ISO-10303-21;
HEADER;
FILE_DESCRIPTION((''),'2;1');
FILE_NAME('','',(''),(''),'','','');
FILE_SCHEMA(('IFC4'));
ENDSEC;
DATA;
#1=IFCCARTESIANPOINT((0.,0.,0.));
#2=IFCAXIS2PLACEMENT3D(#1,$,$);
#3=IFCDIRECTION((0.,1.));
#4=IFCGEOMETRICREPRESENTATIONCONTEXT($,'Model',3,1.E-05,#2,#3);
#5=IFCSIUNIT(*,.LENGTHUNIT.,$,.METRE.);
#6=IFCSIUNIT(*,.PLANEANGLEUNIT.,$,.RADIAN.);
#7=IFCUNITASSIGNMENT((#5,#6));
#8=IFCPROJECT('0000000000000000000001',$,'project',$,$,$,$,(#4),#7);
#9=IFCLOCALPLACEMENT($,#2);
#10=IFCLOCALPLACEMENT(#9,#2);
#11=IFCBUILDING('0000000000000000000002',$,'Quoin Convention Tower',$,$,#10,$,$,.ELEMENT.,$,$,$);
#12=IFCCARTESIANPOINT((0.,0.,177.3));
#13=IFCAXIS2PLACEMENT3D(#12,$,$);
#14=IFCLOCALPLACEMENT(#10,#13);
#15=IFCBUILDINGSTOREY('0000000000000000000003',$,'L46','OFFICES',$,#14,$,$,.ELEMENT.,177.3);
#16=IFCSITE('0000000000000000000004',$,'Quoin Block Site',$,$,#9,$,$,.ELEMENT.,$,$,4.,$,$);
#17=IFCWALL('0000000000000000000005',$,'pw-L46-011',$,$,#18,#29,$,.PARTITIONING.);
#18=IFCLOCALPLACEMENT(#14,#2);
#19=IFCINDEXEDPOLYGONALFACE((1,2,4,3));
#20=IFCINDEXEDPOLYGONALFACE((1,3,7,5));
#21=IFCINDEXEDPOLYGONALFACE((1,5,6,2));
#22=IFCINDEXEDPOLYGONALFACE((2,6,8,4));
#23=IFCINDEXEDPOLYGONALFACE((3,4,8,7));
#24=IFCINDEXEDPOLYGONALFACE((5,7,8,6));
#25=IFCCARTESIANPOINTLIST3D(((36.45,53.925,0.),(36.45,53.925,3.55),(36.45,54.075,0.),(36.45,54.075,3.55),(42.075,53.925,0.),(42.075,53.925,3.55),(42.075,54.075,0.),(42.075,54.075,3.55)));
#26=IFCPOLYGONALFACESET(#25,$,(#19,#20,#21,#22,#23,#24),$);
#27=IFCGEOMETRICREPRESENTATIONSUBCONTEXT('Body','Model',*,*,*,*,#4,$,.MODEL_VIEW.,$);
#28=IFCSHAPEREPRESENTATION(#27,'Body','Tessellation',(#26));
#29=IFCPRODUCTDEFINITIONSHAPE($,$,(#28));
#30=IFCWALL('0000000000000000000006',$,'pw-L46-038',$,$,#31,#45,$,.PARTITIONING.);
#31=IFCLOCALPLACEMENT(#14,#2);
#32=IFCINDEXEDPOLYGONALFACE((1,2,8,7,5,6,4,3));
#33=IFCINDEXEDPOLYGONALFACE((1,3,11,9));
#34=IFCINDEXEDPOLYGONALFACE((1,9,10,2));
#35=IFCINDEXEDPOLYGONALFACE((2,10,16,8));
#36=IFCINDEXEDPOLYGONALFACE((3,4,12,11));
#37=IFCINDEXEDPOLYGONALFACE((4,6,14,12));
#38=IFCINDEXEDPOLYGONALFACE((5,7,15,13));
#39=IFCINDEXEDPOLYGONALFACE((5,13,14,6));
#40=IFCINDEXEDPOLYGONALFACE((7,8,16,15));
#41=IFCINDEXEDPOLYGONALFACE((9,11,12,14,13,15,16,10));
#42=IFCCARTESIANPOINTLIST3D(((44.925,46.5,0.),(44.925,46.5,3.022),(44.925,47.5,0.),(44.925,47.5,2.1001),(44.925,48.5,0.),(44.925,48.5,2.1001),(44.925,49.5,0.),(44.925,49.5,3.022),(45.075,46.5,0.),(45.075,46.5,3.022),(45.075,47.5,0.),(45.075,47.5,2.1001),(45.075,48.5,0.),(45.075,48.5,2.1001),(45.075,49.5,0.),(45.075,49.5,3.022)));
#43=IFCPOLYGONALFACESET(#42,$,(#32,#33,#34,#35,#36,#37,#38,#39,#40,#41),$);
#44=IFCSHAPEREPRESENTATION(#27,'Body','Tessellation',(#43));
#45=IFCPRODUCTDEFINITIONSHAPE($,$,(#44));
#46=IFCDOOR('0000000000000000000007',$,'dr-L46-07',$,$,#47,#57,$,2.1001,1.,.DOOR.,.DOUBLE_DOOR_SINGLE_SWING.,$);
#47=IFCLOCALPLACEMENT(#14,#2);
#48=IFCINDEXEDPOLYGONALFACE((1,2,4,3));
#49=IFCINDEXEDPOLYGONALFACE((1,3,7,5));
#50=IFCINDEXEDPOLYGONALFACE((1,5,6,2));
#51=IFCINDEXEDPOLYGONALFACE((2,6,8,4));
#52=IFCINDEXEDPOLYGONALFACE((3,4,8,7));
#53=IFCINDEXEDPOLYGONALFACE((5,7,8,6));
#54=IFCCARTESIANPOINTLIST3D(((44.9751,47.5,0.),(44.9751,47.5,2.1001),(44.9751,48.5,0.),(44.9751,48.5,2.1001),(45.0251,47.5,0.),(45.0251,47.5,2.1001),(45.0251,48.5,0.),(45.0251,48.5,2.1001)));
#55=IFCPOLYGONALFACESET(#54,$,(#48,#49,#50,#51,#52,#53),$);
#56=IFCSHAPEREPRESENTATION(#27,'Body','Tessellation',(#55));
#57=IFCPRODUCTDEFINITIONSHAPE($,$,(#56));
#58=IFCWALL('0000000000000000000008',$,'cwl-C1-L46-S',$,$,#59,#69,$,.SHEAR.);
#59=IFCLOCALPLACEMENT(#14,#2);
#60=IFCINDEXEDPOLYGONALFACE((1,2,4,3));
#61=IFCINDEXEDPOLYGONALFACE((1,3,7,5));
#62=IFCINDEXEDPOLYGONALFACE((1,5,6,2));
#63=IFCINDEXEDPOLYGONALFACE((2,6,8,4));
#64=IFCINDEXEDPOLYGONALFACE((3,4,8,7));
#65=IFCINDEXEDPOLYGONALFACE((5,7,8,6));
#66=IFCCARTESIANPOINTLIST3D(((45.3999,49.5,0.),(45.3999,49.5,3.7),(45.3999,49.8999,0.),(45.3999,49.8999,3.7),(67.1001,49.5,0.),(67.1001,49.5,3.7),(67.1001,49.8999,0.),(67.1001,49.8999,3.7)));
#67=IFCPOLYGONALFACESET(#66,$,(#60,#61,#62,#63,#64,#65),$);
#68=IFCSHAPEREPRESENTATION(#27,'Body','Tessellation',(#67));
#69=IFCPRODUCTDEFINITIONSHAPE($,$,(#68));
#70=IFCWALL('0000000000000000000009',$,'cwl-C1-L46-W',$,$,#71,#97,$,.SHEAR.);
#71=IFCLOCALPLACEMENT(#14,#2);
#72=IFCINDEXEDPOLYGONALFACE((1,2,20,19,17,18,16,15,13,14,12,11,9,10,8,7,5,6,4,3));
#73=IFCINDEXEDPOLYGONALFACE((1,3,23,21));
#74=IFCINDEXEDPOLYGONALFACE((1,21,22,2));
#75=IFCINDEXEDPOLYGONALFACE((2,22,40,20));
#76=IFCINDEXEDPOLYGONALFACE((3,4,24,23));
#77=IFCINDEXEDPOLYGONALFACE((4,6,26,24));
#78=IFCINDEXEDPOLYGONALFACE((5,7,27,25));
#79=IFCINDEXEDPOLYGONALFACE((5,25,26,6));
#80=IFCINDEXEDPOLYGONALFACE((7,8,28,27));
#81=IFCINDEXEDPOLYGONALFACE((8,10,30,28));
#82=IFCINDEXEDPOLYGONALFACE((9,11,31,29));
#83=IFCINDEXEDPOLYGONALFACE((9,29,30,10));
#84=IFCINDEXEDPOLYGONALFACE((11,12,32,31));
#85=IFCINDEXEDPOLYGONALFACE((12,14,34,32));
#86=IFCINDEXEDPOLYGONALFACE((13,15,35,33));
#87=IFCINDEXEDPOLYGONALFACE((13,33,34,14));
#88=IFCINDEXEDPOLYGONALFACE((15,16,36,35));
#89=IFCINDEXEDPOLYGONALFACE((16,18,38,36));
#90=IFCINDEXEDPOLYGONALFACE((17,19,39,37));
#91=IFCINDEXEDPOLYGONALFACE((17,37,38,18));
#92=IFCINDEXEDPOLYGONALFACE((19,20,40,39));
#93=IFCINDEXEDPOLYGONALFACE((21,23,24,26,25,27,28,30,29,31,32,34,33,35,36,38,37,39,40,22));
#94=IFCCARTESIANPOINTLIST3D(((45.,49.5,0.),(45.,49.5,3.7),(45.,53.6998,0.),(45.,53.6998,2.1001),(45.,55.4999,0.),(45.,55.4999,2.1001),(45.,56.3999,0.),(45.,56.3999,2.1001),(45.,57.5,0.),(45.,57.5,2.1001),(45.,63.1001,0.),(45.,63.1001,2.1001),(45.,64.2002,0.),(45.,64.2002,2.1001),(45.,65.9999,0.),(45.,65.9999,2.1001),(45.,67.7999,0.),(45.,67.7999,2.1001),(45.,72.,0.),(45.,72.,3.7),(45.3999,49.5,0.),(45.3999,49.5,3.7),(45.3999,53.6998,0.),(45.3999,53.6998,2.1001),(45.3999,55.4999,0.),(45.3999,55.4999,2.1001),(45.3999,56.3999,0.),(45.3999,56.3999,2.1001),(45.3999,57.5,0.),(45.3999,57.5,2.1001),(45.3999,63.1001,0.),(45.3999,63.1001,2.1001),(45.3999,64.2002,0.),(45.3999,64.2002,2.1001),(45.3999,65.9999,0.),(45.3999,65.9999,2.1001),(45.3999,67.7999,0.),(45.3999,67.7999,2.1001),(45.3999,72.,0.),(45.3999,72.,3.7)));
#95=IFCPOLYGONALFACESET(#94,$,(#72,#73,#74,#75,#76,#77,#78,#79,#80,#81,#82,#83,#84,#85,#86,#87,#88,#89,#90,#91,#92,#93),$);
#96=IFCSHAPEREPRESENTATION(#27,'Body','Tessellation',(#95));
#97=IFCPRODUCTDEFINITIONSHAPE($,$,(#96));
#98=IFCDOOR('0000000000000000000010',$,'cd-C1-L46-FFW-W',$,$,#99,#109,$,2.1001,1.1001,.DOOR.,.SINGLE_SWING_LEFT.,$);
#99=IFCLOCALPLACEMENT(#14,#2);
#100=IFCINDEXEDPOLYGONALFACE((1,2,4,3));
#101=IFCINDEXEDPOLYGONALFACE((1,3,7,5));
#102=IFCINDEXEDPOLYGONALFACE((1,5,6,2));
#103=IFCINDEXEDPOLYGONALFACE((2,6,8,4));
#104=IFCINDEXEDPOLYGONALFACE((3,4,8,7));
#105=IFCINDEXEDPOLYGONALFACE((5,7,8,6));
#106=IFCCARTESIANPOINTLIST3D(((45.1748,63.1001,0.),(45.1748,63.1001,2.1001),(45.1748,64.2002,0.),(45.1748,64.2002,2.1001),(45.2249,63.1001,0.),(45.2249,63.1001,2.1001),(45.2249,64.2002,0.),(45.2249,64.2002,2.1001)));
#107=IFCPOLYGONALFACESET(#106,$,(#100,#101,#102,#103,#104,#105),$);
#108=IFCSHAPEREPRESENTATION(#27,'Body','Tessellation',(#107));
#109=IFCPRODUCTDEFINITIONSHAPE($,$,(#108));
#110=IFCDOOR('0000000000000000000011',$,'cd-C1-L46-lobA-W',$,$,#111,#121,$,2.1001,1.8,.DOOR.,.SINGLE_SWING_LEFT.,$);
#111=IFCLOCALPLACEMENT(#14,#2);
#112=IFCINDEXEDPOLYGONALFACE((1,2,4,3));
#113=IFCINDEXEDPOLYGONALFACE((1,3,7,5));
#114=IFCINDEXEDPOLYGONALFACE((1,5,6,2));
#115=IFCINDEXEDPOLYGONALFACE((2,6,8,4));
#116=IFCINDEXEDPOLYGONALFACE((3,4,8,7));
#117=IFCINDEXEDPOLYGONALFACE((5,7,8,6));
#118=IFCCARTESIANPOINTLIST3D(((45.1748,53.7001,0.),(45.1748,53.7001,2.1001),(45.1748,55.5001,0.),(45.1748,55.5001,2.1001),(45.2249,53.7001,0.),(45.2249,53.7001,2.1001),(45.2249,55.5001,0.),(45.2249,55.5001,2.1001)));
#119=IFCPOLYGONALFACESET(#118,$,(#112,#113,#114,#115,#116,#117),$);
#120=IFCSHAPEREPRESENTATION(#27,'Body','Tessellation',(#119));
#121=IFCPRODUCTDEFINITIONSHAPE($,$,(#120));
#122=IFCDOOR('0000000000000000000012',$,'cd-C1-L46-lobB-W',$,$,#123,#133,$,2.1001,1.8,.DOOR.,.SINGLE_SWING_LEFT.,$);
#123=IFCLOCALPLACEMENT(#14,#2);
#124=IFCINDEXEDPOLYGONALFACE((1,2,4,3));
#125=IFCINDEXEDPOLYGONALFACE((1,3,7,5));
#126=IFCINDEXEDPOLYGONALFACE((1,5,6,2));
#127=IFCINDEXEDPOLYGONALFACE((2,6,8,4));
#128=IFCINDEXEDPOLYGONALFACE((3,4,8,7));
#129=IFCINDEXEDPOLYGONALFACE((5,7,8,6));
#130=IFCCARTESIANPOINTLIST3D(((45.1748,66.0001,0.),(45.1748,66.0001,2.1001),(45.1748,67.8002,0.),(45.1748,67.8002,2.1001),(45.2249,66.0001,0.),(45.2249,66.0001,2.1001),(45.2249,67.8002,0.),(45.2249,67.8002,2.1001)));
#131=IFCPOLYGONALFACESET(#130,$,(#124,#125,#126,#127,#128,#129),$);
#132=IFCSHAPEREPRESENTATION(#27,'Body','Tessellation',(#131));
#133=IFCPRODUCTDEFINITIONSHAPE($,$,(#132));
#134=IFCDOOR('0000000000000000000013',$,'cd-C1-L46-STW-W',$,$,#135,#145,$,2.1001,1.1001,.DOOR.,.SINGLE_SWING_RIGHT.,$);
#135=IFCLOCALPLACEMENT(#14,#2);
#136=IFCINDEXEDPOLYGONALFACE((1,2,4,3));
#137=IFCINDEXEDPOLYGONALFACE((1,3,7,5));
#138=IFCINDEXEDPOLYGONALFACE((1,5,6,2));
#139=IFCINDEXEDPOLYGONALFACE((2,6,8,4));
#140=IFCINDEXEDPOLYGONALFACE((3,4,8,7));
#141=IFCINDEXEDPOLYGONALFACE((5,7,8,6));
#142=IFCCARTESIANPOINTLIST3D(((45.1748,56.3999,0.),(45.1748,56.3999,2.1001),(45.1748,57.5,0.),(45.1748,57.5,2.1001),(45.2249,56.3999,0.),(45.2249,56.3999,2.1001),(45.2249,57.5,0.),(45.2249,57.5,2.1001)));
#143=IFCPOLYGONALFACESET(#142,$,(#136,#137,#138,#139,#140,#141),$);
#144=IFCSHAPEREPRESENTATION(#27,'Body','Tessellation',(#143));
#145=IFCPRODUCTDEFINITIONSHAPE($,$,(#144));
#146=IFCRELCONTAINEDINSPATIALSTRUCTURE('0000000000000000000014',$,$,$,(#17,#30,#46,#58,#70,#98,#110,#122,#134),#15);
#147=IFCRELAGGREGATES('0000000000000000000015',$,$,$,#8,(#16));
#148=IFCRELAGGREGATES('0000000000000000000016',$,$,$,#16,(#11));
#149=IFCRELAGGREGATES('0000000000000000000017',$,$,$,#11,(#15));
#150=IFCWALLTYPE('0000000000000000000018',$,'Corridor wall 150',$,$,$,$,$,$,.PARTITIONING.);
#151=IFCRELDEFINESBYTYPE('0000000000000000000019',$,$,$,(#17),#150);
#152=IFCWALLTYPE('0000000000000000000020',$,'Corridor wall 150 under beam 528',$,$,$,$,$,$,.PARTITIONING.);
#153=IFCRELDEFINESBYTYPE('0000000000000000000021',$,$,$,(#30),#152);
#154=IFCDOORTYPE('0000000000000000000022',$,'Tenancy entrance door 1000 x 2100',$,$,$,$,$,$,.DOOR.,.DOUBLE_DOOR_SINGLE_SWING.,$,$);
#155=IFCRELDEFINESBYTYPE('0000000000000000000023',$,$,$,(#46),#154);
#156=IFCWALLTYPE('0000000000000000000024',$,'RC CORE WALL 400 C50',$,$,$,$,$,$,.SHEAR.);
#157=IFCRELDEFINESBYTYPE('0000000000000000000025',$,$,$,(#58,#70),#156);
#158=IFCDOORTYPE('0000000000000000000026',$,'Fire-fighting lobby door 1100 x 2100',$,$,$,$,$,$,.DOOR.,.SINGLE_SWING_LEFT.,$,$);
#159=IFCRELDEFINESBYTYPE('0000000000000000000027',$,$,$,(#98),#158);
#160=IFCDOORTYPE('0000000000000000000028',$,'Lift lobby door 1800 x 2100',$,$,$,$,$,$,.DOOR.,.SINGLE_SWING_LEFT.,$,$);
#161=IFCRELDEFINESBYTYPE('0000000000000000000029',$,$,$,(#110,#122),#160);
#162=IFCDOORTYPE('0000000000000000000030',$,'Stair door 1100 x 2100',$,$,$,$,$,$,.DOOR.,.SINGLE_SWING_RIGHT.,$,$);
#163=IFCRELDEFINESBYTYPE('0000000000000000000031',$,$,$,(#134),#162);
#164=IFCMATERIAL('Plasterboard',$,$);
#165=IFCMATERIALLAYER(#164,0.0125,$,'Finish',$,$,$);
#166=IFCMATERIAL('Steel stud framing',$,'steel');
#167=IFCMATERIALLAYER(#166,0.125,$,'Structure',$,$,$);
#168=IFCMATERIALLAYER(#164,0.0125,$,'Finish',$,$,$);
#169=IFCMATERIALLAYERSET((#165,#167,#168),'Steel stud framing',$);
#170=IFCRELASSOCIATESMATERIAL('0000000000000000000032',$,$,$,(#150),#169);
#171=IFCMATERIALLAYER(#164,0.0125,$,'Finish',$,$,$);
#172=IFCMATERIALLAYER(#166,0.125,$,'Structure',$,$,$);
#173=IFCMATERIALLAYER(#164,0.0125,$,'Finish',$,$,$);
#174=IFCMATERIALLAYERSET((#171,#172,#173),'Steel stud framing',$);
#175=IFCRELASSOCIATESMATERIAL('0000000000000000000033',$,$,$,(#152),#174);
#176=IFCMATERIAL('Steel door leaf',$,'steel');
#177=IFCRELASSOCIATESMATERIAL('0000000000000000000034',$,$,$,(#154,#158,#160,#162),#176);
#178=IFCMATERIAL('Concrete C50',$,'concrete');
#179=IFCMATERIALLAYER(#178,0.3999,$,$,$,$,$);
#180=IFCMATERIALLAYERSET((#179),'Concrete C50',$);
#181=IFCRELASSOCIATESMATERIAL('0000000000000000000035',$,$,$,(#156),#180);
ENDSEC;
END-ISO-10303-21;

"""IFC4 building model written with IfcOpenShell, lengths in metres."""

from ifc_helpers import new_model, si_unit, direction, frame, frame_2d, origin, place, context, subcontext, project, spatial, rectangle, extrude, material, layer, layer_set, type_object, element, fill, save


model = new_model("IFC4")

# Units and contexts
model_context = context("Model", 3, precision=1e-05, world=origin(), true_north=direction((0.0, 1.0)))
body_context = subcontext(model_context, "Body", "Model", "MODEL_VIEW")
ifc_project = project(units=[si_unit("LENGTHUNIT", "METRE"), si_unit("PLANEANGLEUNIT", "RADIAN")], contexts=[model_context])

# Site, building, storey
site_placement = place(None, origin())
site = spatial("IfcSite", under=ifc_project, at=site_placement, Name="Quoin Block Site", CompositionType="ELEMENT", RefElevation=4.0)
building_placement = place(site_placement, origin())
building = spatial("IfcBuilding", under=site, at=building_placement, Name="Quoin Convention Tower", CompositionType="ELEMENT")
storey_placement = place(building_placement, frame((0.0, 0.0, 177.3)))
storey = spatial("IfcBuildingStorey", under=building, at=storey_placement, Name="L46", Description="OFFICES", CompositionType="ELEMENT", Elevation=177.3)

# Shared definitions
ifc_material_1 = material(Name="Plasterboard")
ifc_material_2 = material(Name="Steel stud framing", Category="steel")
ifc_material_3 = material(Name="Steel door leaf", Category="steel")

# Wall
ifc_layer_1 = layer(ifc_material_1, 0.0125, Name="Finish")
ifc_layer_2 = layer(ifc_material_2, 0.125, Name="Structure")
ifc_layer_3 = layer(ifc_material_1, 0.0125, Name="Finish")
ifc_layer_set_1 = layer_set([ifc_layer_1, ifc_layer_2, ifc_layer_3], Name="Steel stud framing")
wall_type_1 = type_object("IfcWallType", Name="Corridor wall 150", PredefinedType="PARTITIONING", material=ifc_layer_set_1)
wall_1_placement = place(storey_placement, frame((36.45, 54.0, 0.0), z_axis=(0.0, 0.0, 1.0), x_axis=(1.0, 0.0, 0.0)))
element("IfcWall", 1, at=wall_1_placement, inside=storey, type_object=wall_type_1, Name="pw-L46-011", PredefinedType="PARTITIONING", context=body_context, shape_type="SweptSolid", body=[
    extrude(rectangle(XDim=5.625, YDim=0.1499, at=frame_2d((2.8125, 0.0))), origin(), (0.0, 0.0, 1.0), 3.55),
])

# Wall, opening, door
ifc_layer_4 = layer(ifc_material_1, 0.0125, Name="Finish")
ifc_layer_5 = layer(ifc_material_2, 0.125, Name="Structure")
ifc_layer_6 = layer(ifc_material_1, 0.0125, Name="Finish")
ifc_layer_set_2 = layer_set([ifc_layer_4, ifc_layer_5, ifc_layer_6], Name="Steel stud framing")
wall_type_2 = type_object("IfcWallType", Name="Corridor wall 150 under beam 528", PredefinedType="PARTITIONING", material=ifc_layer_set_2)
wall_2_placement = place(storey_placement, frame((45.0, 46.5, 0.0), z_axis=(0.0, 0.0, 1.0), x_axis=(0.0, 1.0, 0.0)))
wall_2 = element("IfcWall", 2, at=wall_2_placement, inside=storey, type_object=wall_type_2, Name="pw-L46-038", PredefinedType="PARTITIONING", context=body_context, shape_type="SweptSolid", body=[
    extrude(rectangle(XDim=3.0, YDim=0.1499, at=frame_2d((1.5, 0.0))), origin(), (0.0, 0.0, 1.0), 3.022),
])
opening_1_placement = place(wall_2_placement, frame((1.0, 0.0, 0.0)))
opening_1 = element("IfcOpeningElement", 3, at=opening_1_placement, cuts=wall_2, PredefinedType="OPENING", context=body_context, shape_type="SweptSolid", body=[
    extrude(rectangle(XDim=1.0, YDim=2.1001, at=frame_2d((0.5, 1.05))), frame((0.0, 0.085, 0.0), z_axis=(0.0, -1.0, 0.0), x_axis=(1.0, 0.0, 0.0)), (0.0, 0.0, 1.0), 0.1699),
])
door_type_1 = type_object("IfcDoorType", Name="Tenancy entrance door 1000 x 2100", OperationType="DOUBLE_DOOR_SINGLE_SWING", PredefinedType="DOOR", material=ifc_material_3)
door_1_placement = place(opening_1_placement, origin())
door_1 = element("IfcDoor", 4, at=door_1_placement, inside=storey, type_object=door_type_1, Name="dr-L46-07", OperationType="DOUBLE_DOOR_SINGLE_SWING", OverallHeight=2.1001, OverallWidth=1.0, PredefinedType="DOOR", context=body_context, shape_type="SweptSolid", body=[
    extrude(rectangle(XDim=1.0, YDim=2.1001, at=frame_2d((0.5, 1.05))), frame((0.0, 0.0249, 0.0), z_axis=(0.0, -1.0, 0.0), x_axis=(1.0, 0.0, 0.0)), (0.0, 0.0, 1.0), 0.05),
])
fill(opening_1, door_1)

# Wall
ifc_material_4 = material(Name="Concrete C50", Category="concrete")
ifc_layer_7 = layer(ifc_material_4, 0.3999)
ifc_layer_set_3 = layer_set([ifc_layer_7], Name="Concrete C50")
wall_type_3 = type_object("IfcWallType", Name="RC CORE WALL 400 C50", PredefinedType="SHEAR", material=ifc_layer_set_3)
wall_3_placement = place(storey_placement, frame((45.3999, 49.7, 0.0), z_axis=(0.0, 0.0, 1.0), x_axis=(1.0, 0.0, 0.0)))
element("IfcWall", 5, at=wall_3_placement, inside=storey, type_object=wall_type_3, Name="cwl-C1-L46-S", PredefinedType="SHEAR", context=body_context, shape_type="SweptSolid", body=[
    extrude(rectangle(XDim=21.7002, YDim=0.3999, at=frame_2d((10.8501, 0.0))), origin(), (0.0, 0.0, 1.0), 3.7),
])

# Wall, openings, doors
wall_4_placement = place(storey_placement, frame((45.2, 49.5, 0.0), z_axis=(0.0, 0.0, 1.0), x_axis=(0.0, 1.0, 0.0)))
wall_4 = element("IfcWall", 6, at=wall_4_placement, inside=storey, type_object=wall_type_3, Name="cwl-C1-L46-W", PredefinedType="SHEAR", context=body_context, shape_type="SweptSolid", body=[
    extrude(rectangle(XDim=22.5, YDim=0.3999, at=frame_2d((11.25, 0.0))), origin(), (0.0, 0.0, 1.0), 3.7),
])
opening_2_placement = place(wall_4_placement, frame((4.2, 0.0, 0.0)))
opening_2 = element("IfcOpeningElement", 7, at=opening_2_placement, cuts=wall_4, PredefinedType="OPENING", context=body_context, shape_type="SweptSolid", body=[
    extrude(rectangle(XDim=1.8, YDim=2.1001, at=frame_2d((0.8999, 1.05))), frame((0.0, 0.21, 0.0), z_axis=(0.0, -1.0, 0.0), x_axis=(1.0, 0.0, 0.0)), (0.0, 0.0, 1.0), 0.4199),
])
opening_3_placement = place(wall_4_placement, frame((6.8999, 0.0, 0.0)))
opening_3 = element("IfcOpeningElement", 8, at=opening_3_placement, cuts=wall_4, PredefinedType="OPENING", context=body_context, shape_type="SweptSolid", body=[
    extrude(rectangle(XDim=1.1001, YDim=2.1001, at=frame_2d((0.55, 1.05))), frame((0.0, 0.21, 0.0), z_axis=(0.0, -1.0, 0.0), x_axis=(1.0, 0.0, 0.0)), (0.0, 0.0, 1.0), 0.4199),
])
opening_4_placement = place(wall_4_placement, frame((13.6001, 0.0, 0.0)))
opening_4 = element("IfcOpeningElement", 9, at=opening_4_placement, cuts=wall_4, PredefinedType="OPENING", context=body_context, shape_type="SweptSolid", body=[
    extrude(rectangle(XDim=1.1001, YDim=2.1001, at=frame_2d((0.55, 1.05))), frame((0.0, 0.21, 0.0), z_axis=(0.0, -1.0, 0.0), x_axis=(1.0, 0.0, 0.0)), (0.0, 0.0, 1.0), 0.4199),
])
opening_5_placement = place(wall_4_placement, frame((16.5, 0.0, 0.0)))
opening_5 = element("IfcOpeningElement", 10, at=opening_5_placement, cuts=wall_4, PredefinedType="OPENING", context=body_context, shape_type="SweptSolid", body=[
    extrude(rectangle(XDim=1.8, YDim=2.1001, at=frame_2d((0.8999, 1.05))), frame((0.0, 0.21, 0.0), z_axis=(0.0, -1.0, 0.0), x_axis=(1.0, 0.0, 0.0)), (0.0, 0.0, 1.0), 0.4199),
])
door_type_2 = type_object("IfcDoorType", Name="Fire-fighting lobby door 1100 x 2100", OperationType="SINGLE_SWING_LEFT", PredefinedType="DOOR", material=ifc_material_3)
door_2_placement = place(opening_4_placement, frame((1.1001, 0.0, 0.0), z_axis=(0.0, 0.0, 1.0), x_axis=(-1.0, 0.0, 0.0)))
door_2 = element("IfcDoor", 11, at=door_2_placement, inside=storey, type_object=door_type_2, Name="cd-C1-L46-FFW-W", OperationType="SINGLE_SWING_LEFT", OverallHeight=2.1001, OverallWidth=1.1001, PredefinedType="DOOR", context=body_context, shape_type="SweptSolid", body=[
    extrude(rectangle(XDim=1.1001, YDim=2.1001, at=frame_2d((0.55, 1.05))), frame((0.0, 0.0249, 0.0), z_axis=(0.0, -1.0, 0.0), x_axis=(1.0, 0.0, 0.0)), (0.0, 0.0, 1.0), 0.05),
])
fill(opening_4, door_2)
door_type_3 = type_object("IfcDoorType", Name="Lift lobby door 1800 x 2100", OperationType="SINGLE_SWING_LEFT", PredefinedType="DOOR", material=ifc_material_3)
door_3_placement = place(opening_2_placement, frame((1.8, 0.0, 0.0), z_axis=(0.0, 0.0, 1.0), x_axis=(-1.0, 0.0, 0.0)))
door_3 = element("IfcDoor", 12, at=door_3_placement, inside=storey, type_object=door_type_3, Name="cd-C1-L46-lobA-W", OperationType="SINGLE_SWING_LEFT", OverallHeight=2.1001, OverallWidth=1.8, PredefinedType="DOOR", context=body_context, shape_type="SweptSolid", body=[
    extrude(rectangle(XDim=1.8, YDim=2.1001, at=frame_2d((0.8999, 1.05))), frame((0.0, 0.0249, 0.0), z_axis=(0.0, -1.0, 0.0), x_axis=(1.0, 0.0, 0.0)), (0.0, 0.0, 1.0), 0.05),
])
fill(opening_2, door_3)
door_4_placement = place(opening_5_placement, frame((1.8, 0.0, 0.0), z_axis=(0.0, 0.0, 1.0), x_axis=(-1.0, 0.0, 0.0)))
door_4 = element("IfcDoor", 13, at=door_4_placement, inside=storey, type_object=door_type_3, Name="cd-C1-L46-lobB-W", OperationType="SINGLE_SWING_LEFT", OverallHeight=2.1001, OverallWidth=1.8, PredefinedType="DOOR", context=body_context, shape_type="SweptSolid", body=[
    extrude(rectangle(XDim=1.8, YDim=2.1001, at=frame_2d((0.8999, 1.05))), frame((0.0, 0.0249, 0.0), z_axis=(0.0, -1.0, 0.0), x_axis=(1.0, 0.0, 0.0)), (0.0, 0.0, 1.0), 0.05),
])
fill(opening_5, door_4)
door_type_4 = type_object("IfcDoorType", Name="Stair door 1100 x 2100", OperationType="SINGLE_SWING_RIGHT", PredefinedType="DOOR", material=ifc_material_3)
door_5_placement = place(opening_3_placement, frame((1.1001, 0.0, 0.0), z_axis=(0.0, 0.0, 1.0), x_axis=(-1.0, 0.0, 0.0)))
door_5 = element("IfcDoor", 14, at=door_5_placement, inside=storey, type_object=door_type_4, Name="cd-C1-L46-STW-W", OperationType="SINGLE_SWING_RIGHT", OverallHeight=2.1001, OverallWidth=1.1001, PredefinedType="DOOR", context=body_context, shape_type="SweptSolid", body=[
    extrude(rectangle(XDim=1.1001, YDim=2.1001, at=frame_2d((0.55, 1.05))), frame((0.0, 0.0249, 0.0), z_axis=(0.0, -1.0, 0.0), x_axis=(1.0, 0.0, 0.0)), (0.0, 0.0, 1.0), 0.05),
])
fill(opening_3, door_5)

save(model, "model.ifc")
